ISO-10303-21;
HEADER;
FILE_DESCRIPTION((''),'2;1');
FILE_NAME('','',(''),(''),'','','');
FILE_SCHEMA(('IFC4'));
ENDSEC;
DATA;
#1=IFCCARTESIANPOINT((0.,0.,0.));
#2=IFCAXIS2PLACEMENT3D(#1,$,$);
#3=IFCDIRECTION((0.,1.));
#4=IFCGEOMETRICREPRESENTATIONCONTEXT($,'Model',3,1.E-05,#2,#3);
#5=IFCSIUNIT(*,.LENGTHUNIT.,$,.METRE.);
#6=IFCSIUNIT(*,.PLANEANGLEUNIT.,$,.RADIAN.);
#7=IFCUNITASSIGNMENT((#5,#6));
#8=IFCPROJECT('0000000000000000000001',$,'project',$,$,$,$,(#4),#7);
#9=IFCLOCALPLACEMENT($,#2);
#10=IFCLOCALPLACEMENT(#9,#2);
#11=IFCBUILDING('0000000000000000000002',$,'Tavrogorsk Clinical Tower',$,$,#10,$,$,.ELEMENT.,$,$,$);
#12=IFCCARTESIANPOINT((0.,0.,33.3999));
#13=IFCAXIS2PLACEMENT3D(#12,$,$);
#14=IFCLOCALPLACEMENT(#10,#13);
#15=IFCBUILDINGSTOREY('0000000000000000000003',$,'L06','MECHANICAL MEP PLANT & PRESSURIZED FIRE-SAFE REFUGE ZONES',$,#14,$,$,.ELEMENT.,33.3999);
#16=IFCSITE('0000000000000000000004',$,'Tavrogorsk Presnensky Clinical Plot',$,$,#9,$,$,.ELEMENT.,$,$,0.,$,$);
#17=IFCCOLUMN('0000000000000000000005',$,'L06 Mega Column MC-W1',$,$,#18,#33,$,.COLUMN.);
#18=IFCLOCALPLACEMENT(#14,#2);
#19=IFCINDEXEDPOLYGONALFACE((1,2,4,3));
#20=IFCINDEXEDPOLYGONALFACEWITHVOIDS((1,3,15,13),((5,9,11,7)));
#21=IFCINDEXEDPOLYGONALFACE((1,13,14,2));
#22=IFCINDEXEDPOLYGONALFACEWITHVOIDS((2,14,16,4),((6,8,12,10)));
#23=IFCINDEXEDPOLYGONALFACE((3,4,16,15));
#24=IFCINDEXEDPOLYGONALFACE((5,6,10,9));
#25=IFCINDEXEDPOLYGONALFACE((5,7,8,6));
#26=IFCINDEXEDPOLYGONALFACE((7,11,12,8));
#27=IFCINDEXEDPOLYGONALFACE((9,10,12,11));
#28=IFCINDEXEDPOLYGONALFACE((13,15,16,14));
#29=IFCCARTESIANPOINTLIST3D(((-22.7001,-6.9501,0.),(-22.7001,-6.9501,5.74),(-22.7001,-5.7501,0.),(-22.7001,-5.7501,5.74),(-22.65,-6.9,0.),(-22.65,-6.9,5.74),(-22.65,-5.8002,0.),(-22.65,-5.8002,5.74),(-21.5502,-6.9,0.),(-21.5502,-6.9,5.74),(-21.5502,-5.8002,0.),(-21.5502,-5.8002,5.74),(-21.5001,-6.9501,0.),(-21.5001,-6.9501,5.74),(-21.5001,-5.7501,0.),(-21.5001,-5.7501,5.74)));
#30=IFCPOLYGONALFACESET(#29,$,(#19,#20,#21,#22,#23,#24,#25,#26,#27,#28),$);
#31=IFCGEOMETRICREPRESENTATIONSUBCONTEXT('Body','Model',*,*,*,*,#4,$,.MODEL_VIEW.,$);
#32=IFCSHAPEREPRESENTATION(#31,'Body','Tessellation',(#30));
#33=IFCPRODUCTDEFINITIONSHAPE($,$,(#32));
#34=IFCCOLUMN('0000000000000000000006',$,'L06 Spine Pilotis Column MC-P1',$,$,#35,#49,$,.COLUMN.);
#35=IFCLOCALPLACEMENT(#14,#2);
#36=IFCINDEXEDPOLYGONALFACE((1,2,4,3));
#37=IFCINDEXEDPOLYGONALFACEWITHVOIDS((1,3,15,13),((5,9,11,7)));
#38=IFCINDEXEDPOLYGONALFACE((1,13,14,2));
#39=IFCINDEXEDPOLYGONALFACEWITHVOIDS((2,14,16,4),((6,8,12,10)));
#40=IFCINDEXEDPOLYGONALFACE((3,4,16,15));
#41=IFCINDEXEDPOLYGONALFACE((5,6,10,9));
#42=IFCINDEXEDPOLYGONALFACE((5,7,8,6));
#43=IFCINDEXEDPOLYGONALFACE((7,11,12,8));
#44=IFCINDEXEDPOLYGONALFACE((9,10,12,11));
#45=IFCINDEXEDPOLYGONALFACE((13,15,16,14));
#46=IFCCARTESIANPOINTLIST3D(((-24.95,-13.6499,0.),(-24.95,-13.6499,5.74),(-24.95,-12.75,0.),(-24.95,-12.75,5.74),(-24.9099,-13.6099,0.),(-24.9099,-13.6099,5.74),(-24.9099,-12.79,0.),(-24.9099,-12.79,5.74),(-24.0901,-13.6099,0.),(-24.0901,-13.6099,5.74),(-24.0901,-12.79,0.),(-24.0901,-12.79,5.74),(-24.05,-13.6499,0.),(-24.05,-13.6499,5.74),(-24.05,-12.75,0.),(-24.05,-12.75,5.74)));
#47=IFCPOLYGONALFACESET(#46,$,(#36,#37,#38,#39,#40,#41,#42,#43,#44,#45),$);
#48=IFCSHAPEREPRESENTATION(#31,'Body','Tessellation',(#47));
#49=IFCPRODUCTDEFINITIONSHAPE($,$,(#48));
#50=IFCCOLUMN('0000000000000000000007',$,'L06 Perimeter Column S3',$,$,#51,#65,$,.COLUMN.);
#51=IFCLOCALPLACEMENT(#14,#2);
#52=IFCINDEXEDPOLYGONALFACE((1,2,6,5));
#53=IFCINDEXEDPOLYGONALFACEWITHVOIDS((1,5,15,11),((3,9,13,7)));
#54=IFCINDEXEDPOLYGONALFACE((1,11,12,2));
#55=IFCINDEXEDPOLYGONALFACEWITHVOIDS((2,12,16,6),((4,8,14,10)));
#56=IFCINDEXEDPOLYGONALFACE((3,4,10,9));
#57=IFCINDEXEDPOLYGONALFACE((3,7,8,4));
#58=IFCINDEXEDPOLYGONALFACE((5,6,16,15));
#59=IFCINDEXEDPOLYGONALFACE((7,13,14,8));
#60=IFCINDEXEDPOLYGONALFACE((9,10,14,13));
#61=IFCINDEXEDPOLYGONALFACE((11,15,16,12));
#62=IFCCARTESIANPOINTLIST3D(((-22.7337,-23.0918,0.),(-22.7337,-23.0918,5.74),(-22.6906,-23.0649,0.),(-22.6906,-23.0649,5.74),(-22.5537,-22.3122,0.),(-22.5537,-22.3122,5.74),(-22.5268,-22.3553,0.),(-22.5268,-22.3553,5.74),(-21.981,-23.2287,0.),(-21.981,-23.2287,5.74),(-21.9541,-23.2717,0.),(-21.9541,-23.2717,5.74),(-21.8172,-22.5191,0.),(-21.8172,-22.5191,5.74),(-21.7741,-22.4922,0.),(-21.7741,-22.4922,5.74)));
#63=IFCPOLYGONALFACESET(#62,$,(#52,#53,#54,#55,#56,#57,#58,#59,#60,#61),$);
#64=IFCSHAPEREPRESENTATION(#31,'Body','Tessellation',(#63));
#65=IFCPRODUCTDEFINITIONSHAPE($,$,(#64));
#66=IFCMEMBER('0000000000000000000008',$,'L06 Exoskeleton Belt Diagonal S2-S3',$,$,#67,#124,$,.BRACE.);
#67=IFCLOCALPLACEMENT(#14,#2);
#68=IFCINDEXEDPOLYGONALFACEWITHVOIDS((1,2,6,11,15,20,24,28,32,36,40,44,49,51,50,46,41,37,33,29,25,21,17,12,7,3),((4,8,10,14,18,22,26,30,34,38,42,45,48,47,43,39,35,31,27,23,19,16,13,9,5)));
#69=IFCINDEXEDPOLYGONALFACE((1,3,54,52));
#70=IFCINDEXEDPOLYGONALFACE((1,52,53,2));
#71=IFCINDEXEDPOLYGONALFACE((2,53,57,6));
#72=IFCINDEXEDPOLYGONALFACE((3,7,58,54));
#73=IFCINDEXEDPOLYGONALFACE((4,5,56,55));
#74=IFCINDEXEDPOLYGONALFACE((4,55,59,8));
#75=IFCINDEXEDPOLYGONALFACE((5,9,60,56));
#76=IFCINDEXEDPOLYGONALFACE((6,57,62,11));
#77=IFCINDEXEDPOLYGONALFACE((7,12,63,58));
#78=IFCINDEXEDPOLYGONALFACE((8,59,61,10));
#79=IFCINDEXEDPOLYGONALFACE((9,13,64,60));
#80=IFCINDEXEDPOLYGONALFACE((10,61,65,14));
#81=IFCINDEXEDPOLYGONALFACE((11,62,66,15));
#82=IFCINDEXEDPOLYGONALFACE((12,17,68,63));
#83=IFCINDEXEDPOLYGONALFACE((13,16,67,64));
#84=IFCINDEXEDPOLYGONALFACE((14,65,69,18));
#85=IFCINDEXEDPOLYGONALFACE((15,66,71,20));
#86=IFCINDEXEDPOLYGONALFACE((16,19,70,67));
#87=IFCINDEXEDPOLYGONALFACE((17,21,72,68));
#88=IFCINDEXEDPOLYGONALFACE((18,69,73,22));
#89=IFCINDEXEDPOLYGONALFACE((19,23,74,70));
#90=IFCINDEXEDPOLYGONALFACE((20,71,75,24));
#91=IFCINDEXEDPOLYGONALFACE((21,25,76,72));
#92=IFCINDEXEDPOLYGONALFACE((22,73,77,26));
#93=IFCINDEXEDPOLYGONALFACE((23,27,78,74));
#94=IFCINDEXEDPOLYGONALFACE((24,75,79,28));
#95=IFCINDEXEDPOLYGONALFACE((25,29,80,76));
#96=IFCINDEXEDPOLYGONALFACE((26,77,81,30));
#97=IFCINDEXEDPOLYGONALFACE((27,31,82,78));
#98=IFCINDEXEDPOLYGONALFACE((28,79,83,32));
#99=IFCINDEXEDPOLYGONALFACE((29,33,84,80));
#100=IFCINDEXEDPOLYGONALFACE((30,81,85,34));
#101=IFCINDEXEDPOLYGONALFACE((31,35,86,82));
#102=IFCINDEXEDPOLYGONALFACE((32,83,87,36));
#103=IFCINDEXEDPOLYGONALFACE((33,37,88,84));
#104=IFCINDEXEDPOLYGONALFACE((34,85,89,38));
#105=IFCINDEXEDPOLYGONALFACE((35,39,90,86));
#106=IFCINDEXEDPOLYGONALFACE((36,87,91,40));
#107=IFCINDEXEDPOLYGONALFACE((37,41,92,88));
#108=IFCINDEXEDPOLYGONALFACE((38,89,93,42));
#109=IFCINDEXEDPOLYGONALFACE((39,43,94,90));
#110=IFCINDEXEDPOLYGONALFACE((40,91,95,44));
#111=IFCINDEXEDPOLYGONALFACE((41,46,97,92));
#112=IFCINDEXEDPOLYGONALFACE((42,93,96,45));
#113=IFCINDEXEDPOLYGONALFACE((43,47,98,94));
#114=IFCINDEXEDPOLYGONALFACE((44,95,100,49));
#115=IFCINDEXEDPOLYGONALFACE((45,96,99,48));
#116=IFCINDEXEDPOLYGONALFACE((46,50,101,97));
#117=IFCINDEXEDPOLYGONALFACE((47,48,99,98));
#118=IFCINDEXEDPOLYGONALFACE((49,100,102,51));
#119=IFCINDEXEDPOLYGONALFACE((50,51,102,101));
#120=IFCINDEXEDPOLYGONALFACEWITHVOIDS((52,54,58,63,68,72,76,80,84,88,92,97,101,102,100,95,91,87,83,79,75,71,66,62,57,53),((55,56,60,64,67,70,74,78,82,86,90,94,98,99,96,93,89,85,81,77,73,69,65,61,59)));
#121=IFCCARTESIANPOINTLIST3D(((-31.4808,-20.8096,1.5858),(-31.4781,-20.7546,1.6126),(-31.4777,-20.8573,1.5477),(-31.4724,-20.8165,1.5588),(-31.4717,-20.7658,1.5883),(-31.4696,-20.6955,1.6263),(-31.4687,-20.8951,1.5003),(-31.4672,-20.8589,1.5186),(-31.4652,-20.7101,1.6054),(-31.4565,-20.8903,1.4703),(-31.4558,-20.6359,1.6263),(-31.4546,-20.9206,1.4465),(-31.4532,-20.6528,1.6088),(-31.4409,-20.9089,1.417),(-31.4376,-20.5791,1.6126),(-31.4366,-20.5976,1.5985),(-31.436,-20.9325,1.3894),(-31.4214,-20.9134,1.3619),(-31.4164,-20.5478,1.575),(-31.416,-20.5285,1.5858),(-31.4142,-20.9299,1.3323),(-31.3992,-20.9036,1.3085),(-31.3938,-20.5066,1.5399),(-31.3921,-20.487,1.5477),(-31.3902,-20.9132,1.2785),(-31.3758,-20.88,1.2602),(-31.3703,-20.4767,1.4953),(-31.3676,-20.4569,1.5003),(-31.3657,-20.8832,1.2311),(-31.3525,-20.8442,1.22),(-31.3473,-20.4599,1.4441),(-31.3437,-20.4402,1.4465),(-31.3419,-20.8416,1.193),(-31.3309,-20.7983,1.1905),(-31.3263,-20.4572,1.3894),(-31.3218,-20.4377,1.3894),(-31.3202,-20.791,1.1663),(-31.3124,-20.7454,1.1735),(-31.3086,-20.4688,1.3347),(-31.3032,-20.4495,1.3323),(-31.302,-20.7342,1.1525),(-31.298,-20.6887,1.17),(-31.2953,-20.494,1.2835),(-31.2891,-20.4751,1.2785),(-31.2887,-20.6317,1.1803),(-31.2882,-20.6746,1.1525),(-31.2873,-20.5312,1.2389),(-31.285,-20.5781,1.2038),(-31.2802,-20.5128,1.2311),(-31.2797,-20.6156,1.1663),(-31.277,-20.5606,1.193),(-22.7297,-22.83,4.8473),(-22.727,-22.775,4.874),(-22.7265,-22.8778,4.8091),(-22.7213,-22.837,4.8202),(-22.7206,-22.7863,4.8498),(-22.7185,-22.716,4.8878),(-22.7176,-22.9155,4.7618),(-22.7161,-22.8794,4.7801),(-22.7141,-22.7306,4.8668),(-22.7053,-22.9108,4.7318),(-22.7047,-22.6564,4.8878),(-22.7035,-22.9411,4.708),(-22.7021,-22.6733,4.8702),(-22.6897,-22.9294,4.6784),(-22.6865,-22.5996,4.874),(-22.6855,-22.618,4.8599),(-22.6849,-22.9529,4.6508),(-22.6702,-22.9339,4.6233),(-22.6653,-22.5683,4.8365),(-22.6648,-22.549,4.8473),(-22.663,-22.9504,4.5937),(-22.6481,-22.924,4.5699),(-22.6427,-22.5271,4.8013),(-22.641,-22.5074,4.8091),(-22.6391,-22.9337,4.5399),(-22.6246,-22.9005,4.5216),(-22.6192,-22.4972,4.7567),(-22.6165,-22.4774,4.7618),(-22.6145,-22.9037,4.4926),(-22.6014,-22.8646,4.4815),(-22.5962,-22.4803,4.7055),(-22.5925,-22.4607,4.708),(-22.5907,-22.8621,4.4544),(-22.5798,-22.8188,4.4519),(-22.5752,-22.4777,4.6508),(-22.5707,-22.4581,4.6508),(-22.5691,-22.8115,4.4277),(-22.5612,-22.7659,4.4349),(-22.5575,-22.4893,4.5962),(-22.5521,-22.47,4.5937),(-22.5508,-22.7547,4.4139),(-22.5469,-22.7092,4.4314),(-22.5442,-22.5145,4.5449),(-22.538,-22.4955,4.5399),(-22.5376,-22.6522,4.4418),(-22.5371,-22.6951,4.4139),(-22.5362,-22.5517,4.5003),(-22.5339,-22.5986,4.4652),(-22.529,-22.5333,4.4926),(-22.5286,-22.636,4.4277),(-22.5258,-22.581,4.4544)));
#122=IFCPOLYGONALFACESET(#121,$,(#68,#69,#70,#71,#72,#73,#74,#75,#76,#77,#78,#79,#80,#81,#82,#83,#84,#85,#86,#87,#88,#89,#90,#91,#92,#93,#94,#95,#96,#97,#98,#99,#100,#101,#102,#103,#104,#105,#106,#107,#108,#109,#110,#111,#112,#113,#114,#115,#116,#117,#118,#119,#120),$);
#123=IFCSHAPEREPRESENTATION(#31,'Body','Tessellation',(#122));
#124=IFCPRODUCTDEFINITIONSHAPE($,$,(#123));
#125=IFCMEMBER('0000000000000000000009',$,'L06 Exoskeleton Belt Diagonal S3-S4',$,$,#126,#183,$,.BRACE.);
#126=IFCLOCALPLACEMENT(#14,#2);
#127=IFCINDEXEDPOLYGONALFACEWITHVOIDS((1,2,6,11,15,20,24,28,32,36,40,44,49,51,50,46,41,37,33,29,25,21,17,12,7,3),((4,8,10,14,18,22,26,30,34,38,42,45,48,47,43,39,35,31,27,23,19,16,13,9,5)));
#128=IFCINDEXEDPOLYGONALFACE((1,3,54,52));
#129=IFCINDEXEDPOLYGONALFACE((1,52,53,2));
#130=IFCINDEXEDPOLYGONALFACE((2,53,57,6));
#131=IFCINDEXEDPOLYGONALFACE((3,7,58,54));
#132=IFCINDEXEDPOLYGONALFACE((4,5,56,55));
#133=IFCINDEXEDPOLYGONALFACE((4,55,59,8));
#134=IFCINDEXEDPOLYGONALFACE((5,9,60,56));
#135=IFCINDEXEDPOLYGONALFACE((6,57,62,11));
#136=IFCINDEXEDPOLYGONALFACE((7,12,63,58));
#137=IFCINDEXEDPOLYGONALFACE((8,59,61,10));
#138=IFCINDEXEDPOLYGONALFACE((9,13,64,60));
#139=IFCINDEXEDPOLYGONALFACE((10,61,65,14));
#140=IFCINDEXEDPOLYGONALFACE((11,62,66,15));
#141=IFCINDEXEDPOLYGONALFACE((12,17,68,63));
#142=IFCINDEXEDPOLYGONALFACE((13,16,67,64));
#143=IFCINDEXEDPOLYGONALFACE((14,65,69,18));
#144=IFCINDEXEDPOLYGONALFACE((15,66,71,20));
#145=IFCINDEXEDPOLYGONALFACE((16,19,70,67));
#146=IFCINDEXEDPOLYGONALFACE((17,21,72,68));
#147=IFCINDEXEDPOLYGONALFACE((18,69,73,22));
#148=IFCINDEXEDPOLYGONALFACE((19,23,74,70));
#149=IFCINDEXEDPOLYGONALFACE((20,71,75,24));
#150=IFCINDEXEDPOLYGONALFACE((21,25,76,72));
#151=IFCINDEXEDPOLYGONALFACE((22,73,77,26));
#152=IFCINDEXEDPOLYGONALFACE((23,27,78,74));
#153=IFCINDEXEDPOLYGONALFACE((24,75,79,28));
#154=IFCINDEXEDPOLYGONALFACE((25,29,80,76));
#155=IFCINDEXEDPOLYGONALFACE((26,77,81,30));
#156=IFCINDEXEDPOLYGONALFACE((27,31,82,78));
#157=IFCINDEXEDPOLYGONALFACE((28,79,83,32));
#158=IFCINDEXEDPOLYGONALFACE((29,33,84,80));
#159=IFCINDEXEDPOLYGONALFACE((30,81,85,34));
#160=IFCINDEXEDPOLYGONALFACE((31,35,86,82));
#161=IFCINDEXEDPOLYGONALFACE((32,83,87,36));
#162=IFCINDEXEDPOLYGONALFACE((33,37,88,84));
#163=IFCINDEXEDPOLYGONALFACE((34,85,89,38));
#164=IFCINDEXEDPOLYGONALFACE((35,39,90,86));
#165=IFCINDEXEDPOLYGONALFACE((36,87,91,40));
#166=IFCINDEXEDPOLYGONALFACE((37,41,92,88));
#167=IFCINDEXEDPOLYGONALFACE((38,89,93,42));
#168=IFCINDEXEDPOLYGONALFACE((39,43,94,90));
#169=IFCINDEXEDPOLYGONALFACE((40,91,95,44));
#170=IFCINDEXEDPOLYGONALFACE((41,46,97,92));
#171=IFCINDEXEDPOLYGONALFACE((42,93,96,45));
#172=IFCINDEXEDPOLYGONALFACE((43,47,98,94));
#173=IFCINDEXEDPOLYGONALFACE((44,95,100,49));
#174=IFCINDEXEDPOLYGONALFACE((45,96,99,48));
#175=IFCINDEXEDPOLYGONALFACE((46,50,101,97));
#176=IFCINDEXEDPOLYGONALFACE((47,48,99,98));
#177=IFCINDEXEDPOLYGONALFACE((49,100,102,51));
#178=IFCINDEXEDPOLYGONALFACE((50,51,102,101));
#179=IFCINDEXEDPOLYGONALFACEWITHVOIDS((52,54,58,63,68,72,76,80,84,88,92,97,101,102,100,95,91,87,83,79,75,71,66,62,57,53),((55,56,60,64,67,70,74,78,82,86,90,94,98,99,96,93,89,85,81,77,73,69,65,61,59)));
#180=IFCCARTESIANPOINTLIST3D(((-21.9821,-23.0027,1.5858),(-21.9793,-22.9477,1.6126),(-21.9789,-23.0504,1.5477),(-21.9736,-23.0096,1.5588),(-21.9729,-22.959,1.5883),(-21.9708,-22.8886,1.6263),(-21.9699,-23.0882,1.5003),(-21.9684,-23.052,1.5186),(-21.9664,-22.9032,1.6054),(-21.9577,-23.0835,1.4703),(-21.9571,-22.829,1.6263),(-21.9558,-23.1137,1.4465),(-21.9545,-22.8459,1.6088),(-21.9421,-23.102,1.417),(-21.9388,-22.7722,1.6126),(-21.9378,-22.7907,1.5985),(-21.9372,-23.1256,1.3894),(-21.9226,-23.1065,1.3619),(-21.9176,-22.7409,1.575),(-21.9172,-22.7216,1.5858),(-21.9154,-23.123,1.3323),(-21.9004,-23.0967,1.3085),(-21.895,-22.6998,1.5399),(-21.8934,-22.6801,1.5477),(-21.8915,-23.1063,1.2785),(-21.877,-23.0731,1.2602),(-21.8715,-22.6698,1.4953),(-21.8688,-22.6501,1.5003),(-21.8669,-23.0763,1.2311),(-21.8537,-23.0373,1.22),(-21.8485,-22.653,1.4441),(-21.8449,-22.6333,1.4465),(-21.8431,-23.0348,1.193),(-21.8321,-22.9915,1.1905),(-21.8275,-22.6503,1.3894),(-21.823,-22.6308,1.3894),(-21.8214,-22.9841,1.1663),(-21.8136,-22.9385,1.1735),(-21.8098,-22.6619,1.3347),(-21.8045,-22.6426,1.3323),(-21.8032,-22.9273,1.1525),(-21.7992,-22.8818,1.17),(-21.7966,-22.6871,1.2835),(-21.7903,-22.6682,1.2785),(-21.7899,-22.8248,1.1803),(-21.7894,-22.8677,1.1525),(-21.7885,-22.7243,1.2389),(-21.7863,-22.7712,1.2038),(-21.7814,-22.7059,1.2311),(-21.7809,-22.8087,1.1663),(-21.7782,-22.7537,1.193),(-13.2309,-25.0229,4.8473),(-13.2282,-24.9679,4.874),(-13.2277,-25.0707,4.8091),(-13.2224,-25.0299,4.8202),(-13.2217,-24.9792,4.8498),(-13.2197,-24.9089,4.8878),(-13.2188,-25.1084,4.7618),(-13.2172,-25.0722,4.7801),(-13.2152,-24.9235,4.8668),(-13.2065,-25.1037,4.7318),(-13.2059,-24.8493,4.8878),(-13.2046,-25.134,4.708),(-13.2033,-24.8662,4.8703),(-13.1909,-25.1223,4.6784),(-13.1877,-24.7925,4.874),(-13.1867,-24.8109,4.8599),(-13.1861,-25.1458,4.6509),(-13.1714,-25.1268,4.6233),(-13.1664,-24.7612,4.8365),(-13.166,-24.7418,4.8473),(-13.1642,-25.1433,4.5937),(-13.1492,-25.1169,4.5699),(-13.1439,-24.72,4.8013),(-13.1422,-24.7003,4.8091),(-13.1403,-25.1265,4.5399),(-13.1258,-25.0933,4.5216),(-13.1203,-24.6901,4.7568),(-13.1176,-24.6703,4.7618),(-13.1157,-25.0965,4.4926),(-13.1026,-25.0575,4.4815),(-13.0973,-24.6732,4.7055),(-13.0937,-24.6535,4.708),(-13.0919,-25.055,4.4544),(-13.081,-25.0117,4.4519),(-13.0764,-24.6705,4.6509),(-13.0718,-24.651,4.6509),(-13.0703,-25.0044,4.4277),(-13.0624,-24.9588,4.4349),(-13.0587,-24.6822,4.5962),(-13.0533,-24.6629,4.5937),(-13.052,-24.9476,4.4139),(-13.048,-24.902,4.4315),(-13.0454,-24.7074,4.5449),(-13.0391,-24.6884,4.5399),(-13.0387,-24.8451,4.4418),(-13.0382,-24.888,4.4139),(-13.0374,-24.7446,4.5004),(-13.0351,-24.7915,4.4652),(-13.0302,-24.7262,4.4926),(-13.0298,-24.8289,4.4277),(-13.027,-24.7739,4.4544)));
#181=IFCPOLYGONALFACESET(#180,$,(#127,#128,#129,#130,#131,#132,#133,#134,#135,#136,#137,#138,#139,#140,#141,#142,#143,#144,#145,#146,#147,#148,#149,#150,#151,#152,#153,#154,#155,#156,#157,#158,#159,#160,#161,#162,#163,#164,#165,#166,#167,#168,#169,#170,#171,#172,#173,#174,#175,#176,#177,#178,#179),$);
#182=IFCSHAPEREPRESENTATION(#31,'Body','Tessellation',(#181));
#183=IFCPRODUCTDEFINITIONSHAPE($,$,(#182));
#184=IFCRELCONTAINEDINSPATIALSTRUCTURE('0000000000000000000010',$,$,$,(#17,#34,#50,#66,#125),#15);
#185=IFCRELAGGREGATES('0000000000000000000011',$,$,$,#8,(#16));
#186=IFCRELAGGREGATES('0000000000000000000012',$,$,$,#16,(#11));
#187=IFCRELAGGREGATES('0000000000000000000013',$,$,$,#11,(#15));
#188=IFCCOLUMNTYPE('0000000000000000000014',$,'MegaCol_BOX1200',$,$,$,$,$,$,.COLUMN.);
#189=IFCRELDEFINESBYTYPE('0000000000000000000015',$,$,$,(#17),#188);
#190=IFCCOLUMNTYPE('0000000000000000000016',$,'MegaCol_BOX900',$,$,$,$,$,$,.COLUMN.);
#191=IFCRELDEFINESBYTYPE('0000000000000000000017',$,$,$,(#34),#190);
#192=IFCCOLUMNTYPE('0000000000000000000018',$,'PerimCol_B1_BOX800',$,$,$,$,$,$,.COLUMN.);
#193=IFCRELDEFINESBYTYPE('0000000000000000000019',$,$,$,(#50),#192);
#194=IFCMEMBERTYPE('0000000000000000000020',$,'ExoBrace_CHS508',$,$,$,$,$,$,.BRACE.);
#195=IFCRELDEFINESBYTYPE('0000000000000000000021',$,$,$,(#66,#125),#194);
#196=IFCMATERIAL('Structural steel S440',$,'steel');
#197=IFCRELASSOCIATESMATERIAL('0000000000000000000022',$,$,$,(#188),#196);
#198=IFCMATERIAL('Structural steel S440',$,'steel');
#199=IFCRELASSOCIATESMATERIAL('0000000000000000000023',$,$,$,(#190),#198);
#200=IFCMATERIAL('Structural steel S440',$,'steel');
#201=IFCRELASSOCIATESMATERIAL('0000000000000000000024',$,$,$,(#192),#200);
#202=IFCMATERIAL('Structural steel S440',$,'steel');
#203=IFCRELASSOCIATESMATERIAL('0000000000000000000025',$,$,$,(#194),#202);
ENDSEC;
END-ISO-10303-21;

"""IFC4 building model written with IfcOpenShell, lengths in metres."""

from ifc_helpers import new_model, si_unit, direction, frame, origin, origin_2d, place, context, subcontext, project, spatial, hollow_rectangle, hollow_circle, extrude, material, material_profile, profile_set, type_object, element, save


model = new_model("IFC4")

# Units and contexts
model_context = context("Model", 3, precision=1e-05, world=origin(), true_north=direction((0.0, 1.0)))
body_context = subcontext(model_context, "Body", "Model", "MODEL_VIEW")
ifc_project = project(units=[si_unit("LENGTHUNIT", "METRE"), si_unit("PLANEANGLEUNIT", "RADIAN")], contexts=[model_context])

# Site, building, storey
site_placement = place(None, origin())
site = spatial("IfcSite", under=ifc_project, at=site_placement, Name="Tavrogorsk Presnensky Clinical Plot", CompositionType="ELEMENT", RefElevation=0.0)
building_placement = place(site_placement, origin())
building = spatial("IfcBuilding", under=site, at=building_placement, Name="Tavrogorsk Clinical Tower", CompositionType="ELEMENT")
storey_placement = place(building_placement, frame((0.0, 0.0, 33.3999)))
storey = spatial("IfcBuildingStorey", under=building, at=storey_placement, Name="L06", Description="MECHANICAL MEP PLANT & PRESSURIZED FIRE-SAFE REFUGE ZONES", CompositionType="ELEMENT", Elevation=33.3999)

# Columns
ifc_material_1 = material(Name="Structural steel S440", Category="steel")
ifc_material_profile_1 = material_profile(ifc_material_1, hollow_rectangle(XDim=1.2, YDim=1.2, WallThickness=0.05, at=origin_2d()), Name="BOX-1200x1200x50")
ifc_profile_set_1 = profile_set([ifc_material_profile_1], Name="Structural steel S440")
column_type_1 = type_object("IfcColumnType", Name="MegaCol_BOX1200", PredefinedType="COLUMN", material=ifc_profile_set_1)
column_1_placement = place(storey_placement, frame((-22.1001, -6.3501, 0.0), z_axis=(0.0, 0.0, 1.0), x_axis=(1.0, 0.0, 0.0)))
element("IfcColumn", 1, at=column_1_placement, inside=storey, type_object=column_type_1, Name="L06 Mega Column MC-W1", PredefinedType="COLUMN", context=body_context, shape_type="SweptSolid", body=[
    extrude(hollow_rectangle(XDim=1.2, YDim=1.2, WallThickness=0.05, at=origin_2d()), origin(), (0.0, 0.0, 1.0), 5.74),
])
ifc_material_2 = material(Name="Structural steel S440", Category="steel")
ifc_material_profile_2 = material_profile(ifc_material_2, hollow_rectangle(XDim=0.8999, YDim=0.8999, WallThickness=0.04, at=origin_2d()), Name="BOX-900x900x40")
ifc_profile_set_2 = profile_set([ifc_material_profile_2], Name="Structural steel S440")
column_type_2 = type_object("IfcColumnType", Name="MegaCol_BOX900", PredefinedType="COLUMN", material=ifc_profile_set_2)
column_2_placement = place(storey_placement, frame((-24.5, -13.2, 0.0), z_axis=(0.0, 0.0, 1.0), x_axis=(1.0, 0.0, 0.0)))
element("IfcColumn", 2, at=column_2_placement, inside=storey, type_object=column_type_2, Name="L06 Spine Pilotis Column MC-P1", PredefinedType="COLUMN", context=body_context, shape_type="SweptSolid", body=[
    extrude(hollow_rectangle(XDim=0.8999, YDim=0.8999, WallThickness=0.04, at=origin_2d()), origin(), (0.0, 0.0, 1.0), 5.74),
])
ifc_material_3 = material(Name="Structural steel S440", Category="steel")
ifc_material_profile_3 = material_profile(ifc_material_3, hollow_rectangle(XDim=0.8, YDim=0.8, WallThickness=0.0359, at=origin_2d()), Name="BOX-800x800x36")
ifc_profile_set_3 = profile_set([ifc_material_profile_3], Name="Structural steel S440")
column_type_3 = type_object("IfcColumnType", Name="PerimCol_B1_BOX800", PredefinedType="COLUMN", material=ifc_profile_set_3)
column_3_placement = place(storey_placement, frame((-22.2539, -22.792, 0.0), z_axis=(0.0, 0.0, 1.0), x_axis=(0.97437, -0.224951, 0.0)))
element("IfcColumn", 3, at=column_3_placement, inside=storey, type_object=column_type_3, Name="L06 Perimeter Column S3", PredefinedType="COLUMN", context=body_context, shape_type="SweptSolid", body=[
    extrude(hollow_rectangle(XDim=0.8, YDim=0.8, WallThickness=0.0359, at=origin_2d()), origin(), (0.0, 0.0, 1.0), 5.74),
])

# Members
ifc_material_4 = material(Name="Structural steel S440", Category="steel")
ifc_material_profile_4 = material_profile(ifc_material_4, hollow_circle(Radius=0.2539, WallThickness=0.02, at=origin_2d()), Name="CHS-508x20")
ifc_profile_set_4 = profile_set([ifc_material_profile_4], Name="Structural steel S440")
member_type_1 = type_object("IfcMemberType", Name="ExoBrace_CHS508", PredefinedType="BRACE", material=ifc_profile_set_4)
for number, where, z_axis, x_axis, name in (
    (4, (-31.3789, -20.6851, 1.3894), (0.915851, -0.211454, 0.341327), (0.224965, 0.974367, 0.0), "L06 Exoskeleton Belt Diagonal S2-S3"),
    (5, (-21.8801, -22.8782, 1.3894), (0.915856, -0.21143, 0.341329), (0.224939, 0.974373, 0.0), "L06 Exoskeleton Belt Diagonal S3-S4"),
):
    element("IfcMember", number, at=place(storey_placement, frame(where, z_axis=z_axis, x_axis=x_axis)), inside=storey, type_object=member_type_1, Name=name, PredefinedType="BRACE", context=body_context, shape_type="SweptSolid", body=[
        extrude(hollow_circle(Radius=0.2539, WallThickness=0.02, at=origin_2d()), origin(), (0.0, 0.0, 1.0), 9.5552),
    ])

save(model, "model.ifc")
